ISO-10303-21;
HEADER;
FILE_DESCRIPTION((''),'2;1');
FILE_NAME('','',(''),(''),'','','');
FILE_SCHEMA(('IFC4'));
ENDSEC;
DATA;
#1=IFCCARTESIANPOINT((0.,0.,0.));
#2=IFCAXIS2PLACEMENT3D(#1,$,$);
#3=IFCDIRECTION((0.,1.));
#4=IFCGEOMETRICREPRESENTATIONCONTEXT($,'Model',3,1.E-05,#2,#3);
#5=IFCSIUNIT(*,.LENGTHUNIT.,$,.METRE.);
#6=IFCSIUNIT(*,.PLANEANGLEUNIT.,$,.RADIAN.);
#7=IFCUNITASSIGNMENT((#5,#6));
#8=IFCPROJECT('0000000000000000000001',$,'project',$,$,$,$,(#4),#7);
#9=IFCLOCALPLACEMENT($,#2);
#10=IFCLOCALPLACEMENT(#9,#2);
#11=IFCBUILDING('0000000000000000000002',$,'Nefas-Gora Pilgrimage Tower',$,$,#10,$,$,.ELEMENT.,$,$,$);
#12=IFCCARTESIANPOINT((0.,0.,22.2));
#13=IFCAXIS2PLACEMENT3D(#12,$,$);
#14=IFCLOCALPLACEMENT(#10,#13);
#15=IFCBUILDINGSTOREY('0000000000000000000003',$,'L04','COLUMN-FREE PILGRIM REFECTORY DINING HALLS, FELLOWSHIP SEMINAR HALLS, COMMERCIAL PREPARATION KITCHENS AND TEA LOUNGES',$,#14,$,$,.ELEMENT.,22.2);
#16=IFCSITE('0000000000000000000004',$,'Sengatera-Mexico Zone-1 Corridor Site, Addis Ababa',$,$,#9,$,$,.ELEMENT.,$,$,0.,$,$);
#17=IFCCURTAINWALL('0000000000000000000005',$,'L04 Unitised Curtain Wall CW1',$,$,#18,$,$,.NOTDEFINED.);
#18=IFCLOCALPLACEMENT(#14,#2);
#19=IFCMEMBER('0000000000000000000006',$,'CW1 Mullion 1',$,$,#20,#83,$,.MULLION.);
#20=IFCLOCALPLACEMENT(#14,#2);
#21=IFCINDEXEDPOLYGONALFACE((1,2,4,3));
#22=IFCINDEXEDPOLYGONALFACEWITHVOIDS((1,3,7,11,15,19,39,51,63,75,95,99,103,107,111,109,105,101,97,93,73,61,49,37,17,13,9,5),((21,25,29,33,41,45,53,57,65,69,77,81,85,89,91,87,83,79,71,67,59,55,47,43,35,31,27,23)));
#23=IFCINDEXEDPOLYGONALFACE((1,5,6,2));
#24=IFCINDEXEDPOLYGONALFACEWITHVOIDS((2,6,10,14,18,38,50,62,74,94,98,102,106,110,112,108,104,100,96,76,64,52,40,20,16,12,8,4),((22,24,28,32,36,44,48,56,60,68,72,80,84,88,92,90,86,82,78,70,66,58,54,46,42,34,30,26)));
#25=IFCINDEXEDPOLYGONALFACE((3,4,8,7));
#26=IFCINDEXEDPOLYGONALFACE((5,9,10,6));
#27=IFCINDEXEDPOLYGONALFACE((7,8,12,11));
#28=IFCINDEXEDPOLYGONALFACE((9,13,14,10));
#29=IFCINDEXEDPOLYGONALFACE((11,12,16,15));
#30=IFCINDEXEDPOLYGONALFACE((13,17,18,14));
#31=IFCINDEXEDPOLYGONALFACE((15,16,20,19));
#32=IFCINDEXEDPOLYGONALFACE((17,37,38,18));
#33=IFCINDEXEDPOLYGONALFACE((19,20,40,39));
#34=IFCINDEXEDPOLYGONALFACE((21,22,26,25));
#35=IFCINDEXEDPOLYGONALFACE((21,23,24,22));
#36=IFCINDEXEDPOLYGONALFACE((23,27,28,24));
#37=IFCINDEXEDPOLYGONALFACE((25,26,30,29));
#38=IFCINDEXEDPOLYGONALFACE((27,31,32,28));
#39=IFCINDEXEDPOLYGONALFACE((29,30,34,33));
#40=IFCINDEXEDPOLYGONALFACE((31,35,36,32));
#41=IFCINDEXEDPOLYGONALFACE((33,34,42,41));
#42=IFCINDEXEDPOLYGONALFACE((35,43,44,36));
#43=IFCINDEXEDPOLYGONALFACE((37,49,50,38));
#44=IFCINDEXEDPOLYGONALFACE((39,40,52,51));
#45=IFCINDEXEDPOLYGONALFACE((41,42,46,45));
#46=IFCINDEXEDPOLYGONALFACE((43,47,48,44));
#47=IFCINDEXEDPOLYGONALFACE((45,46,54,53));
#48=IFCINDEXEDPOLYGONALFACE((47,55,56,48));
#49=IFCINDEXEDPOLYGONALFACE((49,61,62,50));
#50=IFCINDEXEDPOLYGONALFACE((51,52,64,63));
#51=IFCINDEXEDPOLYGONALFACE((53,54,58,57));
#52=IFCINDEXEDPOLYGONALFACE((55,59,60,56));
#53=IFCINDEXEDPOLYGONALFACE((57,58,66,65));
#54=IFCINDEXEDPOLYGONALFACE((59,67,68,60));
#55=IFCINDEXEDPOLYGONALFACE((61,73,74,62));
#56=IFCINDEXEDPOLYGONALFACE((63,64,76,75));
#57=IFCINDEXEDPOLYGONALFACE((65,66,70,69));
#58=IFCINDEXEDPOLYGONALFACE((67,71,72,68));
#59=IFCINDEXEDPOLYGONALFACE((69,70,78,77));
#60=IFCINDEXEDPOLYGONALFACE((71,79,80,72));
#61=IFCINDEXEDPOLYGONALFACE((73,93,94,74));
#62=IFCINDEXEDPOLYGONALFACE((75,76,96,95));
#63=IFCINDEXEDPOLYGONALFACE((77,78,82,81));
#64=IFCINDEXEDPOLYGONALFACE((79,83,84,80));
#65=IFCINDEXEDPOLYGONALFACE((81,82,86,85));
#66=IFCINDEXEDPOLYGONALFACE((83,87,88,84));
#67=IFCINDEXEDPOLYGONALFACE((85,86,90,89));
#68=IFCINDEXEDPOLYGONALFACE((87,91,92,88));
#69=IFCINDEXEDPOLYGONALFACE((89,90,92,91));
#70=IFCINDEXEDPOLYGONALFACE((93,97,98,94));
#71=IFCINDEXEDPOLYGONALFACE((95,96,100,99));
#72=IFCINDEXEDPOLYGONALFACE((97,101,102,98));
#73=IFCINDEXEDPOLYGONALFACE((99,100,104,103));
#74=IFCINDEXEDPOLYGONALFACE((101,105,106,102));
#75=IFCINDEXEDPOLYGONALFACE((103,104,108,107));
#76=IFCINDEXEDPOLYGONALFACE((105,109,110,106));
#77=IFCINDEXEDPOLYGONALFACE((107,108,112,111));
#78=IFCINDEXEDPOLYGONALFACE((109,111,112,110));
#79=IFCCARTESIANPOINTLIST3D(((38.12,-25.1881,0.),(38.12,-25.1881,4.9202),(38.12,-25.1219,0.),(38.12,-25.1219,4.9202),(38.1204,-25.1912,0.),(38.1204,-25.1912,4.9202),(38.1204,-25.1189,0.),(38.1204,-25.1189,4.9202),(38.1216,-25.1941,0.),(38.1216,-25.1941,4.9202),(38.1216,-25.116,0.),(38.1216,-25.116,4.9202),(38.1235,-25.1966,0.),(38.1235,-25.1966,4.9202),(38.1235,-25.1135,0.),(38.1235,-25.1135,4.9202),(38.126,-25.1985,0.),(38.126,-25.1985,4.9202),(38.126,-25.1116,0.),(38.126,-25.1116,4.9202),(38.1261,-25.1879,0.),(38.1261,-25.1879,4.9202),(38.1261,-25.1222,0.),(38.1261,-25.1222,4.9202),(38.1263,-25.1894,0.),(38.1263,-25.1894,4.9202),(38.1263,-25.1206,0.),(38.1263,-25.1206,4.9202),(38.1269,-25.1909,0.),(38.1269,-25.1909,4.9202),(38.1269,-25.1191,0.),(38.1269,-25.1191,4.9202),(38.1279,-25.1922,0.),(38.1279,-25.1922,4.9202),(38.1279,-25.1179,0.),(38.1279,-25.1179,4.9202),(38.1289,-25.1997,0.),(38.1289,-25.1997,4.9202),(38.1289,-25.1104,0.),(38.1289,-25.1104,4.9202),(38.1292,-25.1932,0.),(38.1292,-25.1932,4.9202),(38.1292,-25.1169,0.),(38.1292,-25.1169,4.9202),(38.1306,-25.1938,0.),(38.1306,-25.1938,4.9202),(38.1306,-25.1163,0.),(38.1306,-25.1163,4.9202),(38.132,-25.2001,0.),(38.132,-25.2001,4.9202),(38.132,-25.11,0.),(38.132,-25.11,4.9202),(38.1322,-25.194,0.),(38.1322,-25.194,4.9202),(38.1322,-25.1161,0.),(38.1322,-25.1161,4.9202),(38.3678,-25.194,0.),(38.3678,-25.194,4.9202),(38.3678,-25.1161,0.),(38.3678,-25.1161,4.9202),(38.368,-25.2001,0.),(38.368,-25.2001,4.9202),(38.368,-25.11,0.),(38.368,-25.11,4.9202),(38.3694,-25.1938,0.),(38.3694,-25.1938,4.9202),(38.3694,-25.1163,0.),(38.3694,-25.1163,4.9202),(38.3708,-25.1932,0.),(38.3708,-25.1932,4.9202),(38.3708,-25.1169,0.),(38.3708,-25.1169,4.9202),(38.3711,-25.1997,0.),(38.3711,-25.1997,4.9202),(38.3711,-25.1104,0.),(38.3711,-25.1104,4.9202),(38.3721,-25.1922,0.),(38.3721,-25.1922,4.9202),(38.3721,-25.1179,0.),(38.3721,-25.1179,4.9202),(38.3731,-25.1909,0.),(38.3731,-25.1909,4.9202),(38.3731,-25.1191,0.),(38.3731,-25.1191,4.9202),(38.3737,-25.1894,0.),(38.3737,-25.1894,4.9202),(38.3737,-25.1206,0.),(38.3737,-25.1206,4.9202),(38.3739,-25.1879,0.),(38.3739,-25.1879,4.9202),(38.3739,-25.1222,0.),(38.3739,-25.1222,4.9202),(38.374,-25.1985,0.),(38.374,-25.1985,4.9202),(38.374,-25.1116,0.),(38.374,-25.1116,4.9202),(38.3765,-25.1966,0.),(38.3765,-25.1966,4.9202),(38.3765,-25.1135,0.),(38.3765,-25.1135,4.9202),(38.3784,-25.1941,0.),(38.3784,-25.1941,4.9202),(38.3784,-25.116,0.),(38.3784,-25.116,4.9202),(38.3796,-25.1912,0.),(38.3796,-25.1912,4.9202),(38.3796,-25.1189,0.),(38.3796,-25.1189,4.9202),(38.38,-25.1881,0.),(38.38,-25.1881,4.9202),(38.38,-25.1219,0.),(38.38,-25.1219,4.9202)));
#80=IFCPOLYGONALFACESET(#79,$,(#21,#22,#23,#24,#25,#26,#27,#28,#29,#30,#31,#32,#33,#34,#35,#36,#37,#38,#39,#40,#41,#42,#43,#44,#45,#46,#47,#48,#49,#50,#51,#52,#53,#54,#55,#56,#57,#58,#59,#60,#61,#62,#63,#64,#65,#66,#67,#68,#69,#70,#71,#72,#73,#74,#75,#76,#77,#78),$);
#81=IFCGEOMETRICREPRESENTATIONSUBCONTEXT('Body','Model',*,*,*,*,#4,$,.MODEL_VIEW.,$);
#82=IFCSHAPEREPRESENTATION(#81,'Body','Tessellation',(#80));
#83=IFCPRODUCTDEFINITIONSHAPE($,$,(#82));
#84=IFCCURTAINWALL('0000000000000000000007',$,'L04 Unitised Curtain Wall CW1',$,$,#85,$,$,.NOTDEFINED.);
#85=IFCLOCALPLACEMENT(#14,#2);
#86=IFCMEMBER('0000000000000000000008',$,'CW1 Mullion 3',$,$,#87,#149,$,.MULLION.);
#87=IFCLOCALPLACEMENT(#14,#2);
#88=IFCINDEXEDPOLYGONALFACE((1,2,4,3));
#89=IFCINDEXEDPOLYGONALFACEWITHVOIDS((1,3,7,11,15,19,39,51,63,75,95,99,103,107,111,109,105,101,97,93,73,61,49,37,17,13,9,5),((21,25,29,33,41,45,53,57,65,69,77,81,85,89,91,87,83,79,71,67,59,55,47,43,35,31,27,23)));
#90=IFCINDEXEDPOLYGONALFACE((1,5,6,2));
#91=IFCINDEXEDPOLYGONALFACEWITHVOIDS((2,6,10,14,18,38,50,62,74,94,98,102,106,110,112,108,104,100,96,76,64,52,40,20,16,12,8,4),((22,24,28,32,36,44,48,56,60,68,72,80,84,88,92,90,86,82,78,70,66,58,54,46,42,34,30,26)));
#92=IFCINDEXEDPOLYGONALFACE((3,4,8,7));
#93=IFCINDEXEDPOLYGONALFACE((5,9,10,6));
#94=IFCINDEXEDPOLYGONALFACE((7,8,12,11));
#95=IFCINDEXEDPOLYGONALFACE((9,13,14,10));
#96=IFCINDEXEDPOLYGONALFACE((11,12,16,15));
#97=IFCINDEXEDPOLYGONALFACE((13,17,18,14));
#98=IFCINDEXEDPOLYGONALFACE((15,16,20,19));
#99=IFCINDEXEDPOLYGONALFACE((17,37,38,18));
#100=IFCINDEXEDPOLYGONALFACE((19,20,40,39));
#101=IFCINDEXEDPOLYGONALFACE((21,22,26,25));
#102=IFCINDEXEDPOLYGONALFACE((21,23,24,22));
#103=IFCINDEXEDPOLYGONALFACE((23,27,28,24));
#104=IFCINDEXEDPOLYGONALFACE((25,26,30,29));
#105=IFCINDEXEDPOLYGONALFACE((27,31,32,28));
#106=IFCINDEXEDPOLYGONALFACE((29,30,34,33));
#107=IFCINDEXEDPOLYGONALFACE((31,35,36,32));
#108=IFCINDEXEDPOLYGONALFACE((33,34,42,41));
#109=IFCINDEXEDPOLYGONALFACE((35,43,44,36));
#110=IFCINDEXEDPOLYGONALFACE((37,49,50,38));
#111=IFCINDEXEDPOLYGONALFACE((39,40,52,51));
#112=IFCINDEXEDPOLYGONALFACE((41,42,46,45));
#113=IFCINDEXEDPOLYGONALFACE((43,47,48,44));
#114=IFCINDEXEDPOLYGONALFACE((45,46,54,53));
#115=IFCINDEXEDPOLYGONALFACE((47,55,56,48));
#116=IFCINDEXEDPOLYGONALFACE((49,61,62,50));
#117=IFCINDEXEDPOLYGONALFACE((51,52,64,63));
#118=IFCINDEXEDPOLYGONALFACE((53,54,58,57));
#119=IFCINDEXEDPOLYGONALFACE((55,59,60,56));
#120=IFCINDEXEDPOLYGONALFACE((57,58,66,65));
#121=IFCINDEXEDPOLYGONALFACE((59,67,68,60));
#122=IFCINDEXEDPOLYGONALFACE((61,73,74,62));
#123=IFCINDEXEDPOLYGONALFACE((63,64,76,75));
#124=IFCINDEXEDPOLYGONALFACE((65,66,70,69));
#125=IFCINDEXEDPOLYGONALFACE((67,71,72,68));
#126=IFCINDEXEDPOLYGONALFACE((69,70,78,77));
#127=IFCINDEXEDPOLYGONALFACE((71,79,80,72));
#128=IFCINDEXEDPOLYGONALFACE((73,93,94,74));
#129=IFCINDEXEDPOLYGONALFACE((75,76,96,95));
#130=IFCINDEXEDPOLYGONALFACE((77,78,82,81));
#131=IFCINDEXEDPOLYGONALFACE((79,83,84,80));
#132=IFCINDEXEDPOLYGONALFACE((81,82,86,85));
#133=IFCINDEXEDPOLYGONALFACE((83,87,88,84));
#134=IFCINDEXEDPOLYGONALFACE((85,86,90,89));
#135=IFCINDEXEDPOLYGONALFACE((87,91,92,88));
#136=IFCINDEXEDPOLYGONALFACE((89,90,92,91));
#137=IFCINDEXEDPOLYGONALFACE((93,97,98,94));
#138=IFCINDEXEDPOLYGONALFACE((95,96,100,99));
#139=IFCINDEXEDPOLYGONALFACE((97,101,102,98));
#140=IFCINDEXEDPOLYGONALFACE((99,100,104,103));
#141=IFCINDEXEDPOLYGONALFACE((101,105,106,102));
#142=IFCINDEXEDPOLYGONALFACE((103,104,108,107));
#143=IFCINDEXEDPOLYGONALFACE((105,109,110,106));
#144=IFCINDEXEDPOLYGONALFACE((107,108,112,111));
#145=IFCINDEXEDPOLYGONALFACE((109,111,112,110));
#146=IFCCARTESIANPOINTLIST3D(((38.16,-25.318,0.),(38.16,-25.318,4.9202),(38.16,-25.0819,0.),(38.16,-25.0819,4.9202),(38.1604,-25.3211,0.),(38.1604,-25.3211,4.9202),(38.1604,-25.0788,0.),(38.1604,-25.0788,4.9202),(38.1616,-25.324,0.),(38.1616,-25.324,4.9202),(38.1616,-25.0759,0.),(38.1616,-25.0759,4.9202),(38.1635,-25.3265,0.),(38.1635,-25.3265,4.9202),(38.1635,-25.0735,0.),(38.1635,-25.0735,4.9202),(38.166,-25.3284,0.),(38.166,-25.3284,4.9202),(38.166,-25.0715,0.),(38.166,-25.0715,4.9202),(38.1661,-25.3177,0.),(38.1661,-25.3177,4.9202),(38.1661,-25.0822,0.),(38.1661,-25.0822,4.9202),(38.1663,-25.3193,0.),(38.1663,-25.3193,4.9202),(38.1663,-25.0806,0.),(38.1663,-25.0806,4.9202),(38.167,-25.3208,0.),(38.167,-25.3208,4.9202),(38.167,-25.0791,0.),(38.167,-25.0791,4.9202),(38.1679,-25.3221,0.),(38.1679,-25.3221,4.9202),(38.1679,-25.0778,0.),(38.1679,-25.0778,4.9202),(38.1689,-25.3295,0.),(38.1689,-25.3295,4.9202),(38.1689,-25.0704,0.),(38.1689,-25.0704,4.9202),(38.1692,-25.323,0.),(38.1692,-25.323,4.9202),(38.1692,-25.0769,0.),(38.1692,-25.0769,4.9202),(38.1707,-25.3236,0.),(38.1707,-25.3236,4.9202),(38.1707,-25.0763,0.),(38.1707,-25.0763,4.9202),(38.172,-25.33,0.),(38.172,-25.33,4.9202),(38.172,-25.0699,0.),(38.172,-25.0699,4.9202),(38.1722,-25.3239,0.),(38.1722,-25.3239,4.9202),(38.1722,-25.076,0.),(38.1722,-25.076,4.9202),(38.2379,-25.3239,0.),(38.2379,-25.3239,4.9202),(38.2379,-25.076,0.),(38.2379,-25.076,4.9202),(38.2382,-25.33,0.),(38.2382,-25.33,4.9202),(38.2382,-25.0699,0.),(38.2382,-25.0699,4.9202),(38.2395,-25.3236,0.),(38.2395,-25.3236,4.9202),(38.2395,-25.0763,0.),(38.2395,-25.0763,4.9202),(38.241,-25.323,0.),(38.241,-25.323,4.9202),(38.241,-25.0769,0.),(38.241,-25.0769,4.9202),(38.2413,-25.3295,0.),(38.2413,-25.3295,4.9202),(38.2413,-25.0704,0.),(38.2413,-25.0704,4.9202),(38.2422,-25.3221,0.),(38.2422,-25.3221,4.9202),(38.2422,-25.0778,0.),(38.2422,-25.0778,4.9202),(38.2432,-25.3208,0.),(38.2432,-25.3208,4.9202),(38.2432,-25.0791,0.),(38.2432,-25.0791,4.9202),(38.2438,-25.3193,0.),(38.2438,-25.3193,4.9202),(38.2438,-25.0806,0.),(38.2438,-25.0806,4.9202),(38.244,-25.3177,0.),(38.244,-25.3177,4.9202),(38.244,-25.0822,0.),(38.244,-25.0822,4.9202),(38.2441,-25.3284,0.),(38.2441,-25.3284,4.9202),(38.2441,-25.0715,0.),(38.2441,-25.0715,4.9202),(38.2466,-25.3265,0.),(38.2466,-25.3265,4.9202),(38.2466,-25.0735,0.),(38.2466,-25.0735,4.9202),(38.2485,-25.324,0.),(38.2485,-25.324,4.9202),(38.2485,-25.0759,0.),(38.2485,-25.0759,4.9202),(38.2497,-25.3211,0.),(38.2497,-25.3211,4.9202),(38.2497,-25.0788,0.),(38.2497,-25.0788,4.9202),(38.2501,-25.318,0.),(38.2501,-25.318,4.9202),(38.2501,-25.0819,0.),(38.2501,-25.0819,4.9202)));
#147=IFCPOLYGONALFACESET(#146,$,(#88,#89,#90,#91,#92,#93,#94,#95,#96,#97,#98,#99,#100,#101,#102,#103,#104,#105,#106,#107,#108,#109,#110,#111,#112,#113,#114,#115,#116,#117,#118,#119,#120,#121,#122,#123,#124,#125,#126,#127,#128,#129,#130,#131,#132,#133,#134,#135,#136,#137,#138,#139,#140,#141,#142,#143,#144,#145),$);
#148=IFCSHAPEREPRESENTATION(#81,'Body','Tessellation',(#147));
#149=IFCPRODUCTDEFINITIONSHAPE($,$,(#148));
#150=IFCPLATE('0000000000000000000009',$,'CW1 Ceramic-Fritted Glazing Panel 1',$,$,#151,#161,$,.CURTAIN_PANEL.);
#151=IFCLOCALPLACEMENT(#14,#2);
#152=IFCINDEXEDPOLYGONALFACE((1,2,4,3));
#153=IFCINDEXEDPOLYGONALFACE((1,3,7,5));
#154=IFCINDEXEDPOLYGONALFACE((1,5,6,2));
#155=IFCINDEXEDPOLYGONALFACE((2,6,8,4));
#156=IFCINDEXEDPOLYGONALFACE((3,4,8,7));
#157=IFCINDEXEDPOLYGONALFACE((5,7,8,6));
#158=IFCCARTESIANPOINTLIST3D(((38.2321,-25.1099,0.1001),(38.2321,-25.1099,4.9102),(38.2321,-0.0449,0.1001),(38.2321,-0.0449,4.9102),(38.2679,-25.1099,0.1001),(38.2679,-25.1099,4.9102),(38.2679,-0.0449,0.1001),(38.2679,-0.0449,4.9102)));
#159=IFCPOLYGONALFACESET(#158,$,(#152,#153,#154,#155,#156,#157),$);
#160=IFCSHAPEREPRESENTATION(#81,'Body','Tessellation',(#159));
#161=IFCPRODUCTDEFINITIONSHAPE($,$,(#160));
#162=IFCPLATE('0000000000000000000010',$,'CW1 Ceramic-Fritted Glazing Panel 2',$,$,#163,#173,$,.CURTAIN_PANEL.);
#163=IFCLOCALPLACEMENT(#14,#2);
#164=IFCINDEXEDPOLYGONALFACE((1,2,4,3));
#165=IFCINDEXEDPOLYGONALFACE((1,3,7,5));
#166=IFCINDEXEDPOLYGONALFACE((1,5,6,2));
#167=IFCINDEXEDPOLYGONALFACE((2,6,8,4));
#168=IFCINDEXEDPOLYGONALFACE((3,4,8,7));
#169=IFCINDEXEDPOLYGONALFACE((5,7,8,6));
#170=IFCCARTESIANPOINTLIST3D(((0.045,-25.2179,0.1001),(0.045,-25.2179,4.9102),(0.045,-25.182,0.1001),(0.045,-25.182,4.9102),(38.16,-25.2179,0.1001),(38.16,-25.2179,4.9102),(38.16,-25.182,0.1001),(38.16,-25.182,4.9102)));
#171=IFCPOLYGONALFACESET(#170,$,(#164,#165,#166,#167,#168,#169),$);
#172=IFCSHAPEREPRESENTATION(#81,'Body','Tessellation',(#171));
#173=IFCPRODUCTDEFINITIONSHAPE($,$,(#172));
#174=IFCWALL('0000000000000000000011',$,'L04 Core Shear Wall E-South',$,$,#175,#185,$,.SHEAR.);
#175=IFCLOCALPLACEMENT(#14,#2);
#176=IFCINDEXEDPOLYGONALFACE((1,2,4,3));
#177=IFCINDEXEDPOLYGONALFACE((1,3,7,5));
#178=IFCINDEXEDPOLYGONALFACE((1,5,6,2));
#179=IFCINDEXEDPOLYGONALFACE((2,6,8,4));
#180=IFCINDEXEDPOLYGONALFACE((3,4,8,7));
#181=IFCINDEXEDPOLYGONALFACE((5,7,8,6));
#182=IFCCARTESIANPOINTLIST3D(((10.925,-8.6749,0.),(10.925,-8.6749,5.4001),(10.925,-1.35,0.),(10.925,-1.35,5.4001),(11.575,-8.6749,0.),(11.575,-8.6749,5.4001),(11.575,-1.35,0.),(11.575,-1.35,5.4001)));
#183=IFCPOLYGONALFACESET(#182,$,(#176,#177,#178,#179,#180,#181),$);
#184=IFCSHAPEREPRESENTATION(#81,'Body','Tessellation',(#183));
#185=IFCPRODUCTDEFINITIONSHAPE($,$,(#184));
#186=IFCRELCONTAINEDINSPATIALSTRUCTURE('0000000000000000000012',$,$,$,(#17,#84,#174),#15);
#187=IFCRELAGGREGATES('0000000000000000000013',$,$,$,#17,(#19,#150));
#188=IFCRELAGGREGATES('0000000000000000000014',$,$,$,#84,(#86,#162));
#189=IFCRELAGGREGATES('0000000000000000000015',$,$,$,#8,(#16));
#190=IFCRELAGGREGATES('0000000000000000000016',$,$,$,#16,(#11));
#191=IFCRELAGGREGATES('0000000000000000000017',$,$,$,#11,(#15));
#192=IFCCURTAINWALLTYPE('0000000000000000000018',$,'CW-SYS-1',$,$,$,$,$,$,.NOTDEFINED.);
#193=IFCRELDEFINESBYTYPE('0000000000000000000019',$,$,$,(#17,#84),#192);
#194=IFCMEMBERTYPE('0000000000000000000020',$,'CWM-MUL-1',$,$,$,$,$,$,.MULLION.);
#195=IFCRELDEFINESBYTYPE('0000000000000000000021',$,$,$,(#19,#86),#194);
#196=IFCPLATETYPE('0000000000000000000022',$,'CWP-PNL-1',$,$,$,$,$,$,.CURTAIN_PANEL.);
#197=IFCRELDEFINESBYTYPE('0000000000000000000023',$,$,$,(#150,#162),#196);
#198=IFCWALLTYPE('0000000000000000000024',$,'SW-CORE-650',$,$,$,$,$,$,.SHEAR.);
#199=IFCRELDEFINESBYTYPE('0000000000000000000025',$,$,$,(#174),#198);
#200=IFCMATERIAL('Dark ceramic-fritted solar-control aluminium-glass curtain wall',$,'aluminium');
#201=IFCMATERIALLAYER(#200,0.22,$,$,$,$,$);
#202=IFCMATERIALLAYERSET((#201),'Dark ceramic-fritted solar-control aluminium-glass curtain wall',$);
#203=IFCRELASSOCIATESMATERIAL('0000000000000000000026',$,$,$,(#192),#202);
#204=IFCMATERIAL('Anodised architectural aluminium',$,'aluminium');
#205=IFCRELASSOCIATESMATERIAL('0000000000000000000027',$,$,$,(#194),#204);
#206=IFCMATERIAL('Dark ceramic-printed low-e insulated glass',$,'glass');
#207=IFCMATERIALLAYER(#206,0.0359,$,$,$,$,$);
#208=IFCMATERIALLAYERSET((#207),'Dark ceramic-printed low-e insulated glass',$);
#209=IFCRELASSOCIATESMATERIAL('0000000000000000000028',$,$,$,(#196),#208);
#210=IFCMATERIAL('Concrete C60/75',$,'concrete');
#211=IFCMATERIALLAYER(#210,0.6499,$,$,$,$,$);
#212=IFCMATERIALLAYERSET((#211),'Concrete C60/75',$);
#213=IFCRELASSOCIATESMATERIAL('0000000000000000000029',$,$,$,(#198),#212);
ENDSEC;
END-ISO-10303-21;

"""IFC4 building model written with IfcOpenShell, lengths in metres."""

from ifc_helpers import new_model, si_unit, direction, frame, frame_2d, origin, origin_2d, place, context, subcontext, project, spatial, rectangle, hollow_rectangle, extrude, source, transform, mapped, material, layer, layer_set, material_profile, profile_set, type_object, element, aggregate, save


model = new_model("IFC4")

# Units and contexts
model_context = context("Model", 3, precision=1e-05, world=origin(), true_north=direction((0.0, 1.0)))
body_context = subcontext(model_context, "Body", "Model", "MODEL_VIEW")
ifc_project = project(units=[si_unit("LENGTHUNIT", "METRE"), si_unit("PLANEANGLEUNIT", "RADIAN")], contexts=[model_context])

# Site, building, storey
site_placement = place(None, origin())
site = spatial("IfcSite", under=ifc_project, at=site_placement, Name="Sengatera-Mexico Zone-1 Corridor Site, Addis Ababa", CompositionType="ELEMENT", RefElevation=0.0)
building_placement = place(site_placement, origin())
building = spatial("IfcBuilding", under=site, at=building_placement, Name="Nefas-Gora Pilgrimage Tower", CompositionType="ELEMENT")
storey_placement = place(building_placement, frame((0.0, 0.0, 22.2)))
storey = spatial("IfcBuildingStorey", under=building, at=storey_placement, Name="L04", Description="COLUMN-FREE PILGRIM REFECTORY DINING HALLS, FELLOWSHIP SEMINAR HALLS, COMMERCIAL PREPARATION KITCHENS AND TEA LOUNGES", CompositionType="ELEMENT", Elevation=22.2)

# Shared definitions
ifc_material_1 = material(Name="Concrete C60/75", Category="concrete")

# Curtain wall, member
ifc_material_2 = material(Name="Dark ceramic-fritted solar-control aluminium-glass curtain wall", Category="aluminium")
ifc_layer_1 = layer(ifc_material_2, 0.22)
ifc_layer_set_1 = layer_set([ifc_layer_1], Name="Dark ceramic-fritted solar-control aluminium-glass curtain wall")
curtain_wall_type = type_object("IfcCurtainWallType", Name="CW-SYS-1", PredefinedType="NOTDEFINED", material=ifc_layer_set_1)
curtain_wall_1_placement = place(storey_placement, origin())
curtain_wall_1 = element("IfcCurtainWall", 1, at=curtain_wall_1_placement, inside=storey, type_object=curtain_wall_type, Name="L04 Unitised Curtain Wall CW1", PredefinedType="NOTDEFINED")
ifc_material_3 = material(Name="Anodised architectural aluminium", Category="aluminium")
ifc_material_profile_1 = material_profile(ifc_material_3, hollow_rectangle(XDim=0.0901, YDim=0.26, WallThickness=0.0061, InnerFilletRadius=0.0061, OuterFilletRadius=0.012, at=origin_2d()), Name="ALU MULLION 90x260")
ifc_profile_set_1 = profile_set([ifc_material_profile_1], Name="Anodised architectural aluminium")
member_type_1 = type_object("IfcMemberType", Name="CWM-MUL-1", PredefinedType="MULLION", material=ifc_profile_set_1)
shared_shape_1 = source(origin(), body_context, "Body", "SweptSolid", [
    extrude(hollow_rectangle(XDim=0.0901, YDim=0.26, WallThickness=0.0061, InnerFilletRadius=0.0061, OuterFilletRadius=0.012, at=origin_2d()), origin(), (0.0, 0.0, 1.0), 4.9202),
])
member_1_placement = place(storey_placement, frame((38.25, -25.155, 0.0), z_axis=(0.0, 0.0, 1.0), x_axis=(0.0, 1.0, 0.0)))
member_1 = element("IfcMember", 2, at=member_1_placement, type_object=member_type_1, Name="CW1 Mullion 1", PredefinedType="MULLION", context=body_context, shape_type="MappedRepresentation", body=[
    mapped(shared_shape_1, transform((0.0, 0.0, 0.0), x_axis=(1.0, 0.0, 0.0), y_axis=(0.0, 1.0, 0.0), z_axis=(0.0, 0.0, 1.0), scale=1.0)),
])

# Curtain wall, member
curtain_wall_2_placement = place(storey_placement, origin())
curtain_wall_2 = element("IfcCurtainWall", 3, at=curtain_wall_2_placement, inside=storey, type_object=curtain_wall_type, Name="L04 Unitised Curtain Wall CW1", PredefinedType="NOTDEFINED")
member_2_placement = place(storey_placement, frame((38.2051, -25.2, 0.0), z_axis=(0.0, 0.0, 1.0), x_axis=(1.0, 0.0, 0.0)))
member_2 = element("IfcMember", 4, at=member_2_placement, type_object=member_type_1, Name="CW1 Mullion 3", PredefinedType="MULLION", context=body_context, shape_type="MappedRepresentation", body=[
    mapped(shared_shape_1, transform((0.0, 0.0, 0.0), x_axis=(1.0, 0.0, 0.0), y_axis=(0.0, 1.0, 0.0), z_axis=(0.0, 0.0, 1.0), scale=1.0)),
])

# Plates
ifc_material_4 = material(Name="Dark ceramic-printed low-e insulated glass", Category="glass")
ifc_layer_2 = layer(ifc_material_4, 0.0359)
ifc_layer_set_2 = layer_set([ifc_layer_2], Name="Dark ceramic-printed low-e insulated glass")
plate_type = type_object("IfcPlateType", Name="CWP-PNL-1", PredefinedType="CURTAIN_PANEL", material=ifc_layer_set_2)
shared_shape_2 = source(origin(), body_context, "Body", "SweptSolid", [
    extrude(rectangle(XDim=25.0649, YDim=0.0359, at=origin_2d()), origin(), (0.0, 0.0, 1.0), 4.8101),
])
plate_1_placement = place(storey_placement, frame((38.25, -12.5774, 0.1001), z_axis=(0.0, 0.0, 1.0), x_axis=(0.0, 1.0, 0.0)))
plate_1 = element("IfcPlate", 5, at=plate_1_placement, type_object=plate_type, Name="CW1 Ceramic-Fritted Glazing Panel 1", PredefinedType="CURTAIN_PANEL", context=body_context, shape_type="MappedRepresentation", body=[
    mapped(shared_shape_2, transform((0.0, 0.0, 0.0), x_axis=(1.0, 0.0, 0.0), y_axis=(0.0, 1.0, 0.0), z_axis=(0.0, 0.0, 1.0), scale=1.0)),
])
aggregate(curtain_wall_1, [member_1, plate_1])
shared_shape_3 = source(origin(), body_context, "Body", "SweptSolid", [
    extrude(rectangle(XDim=38.115, YDim=0.0359, at=origin_2d()), origin(), (0.0, 0.0, 1.0), 4.8101),
])
plate_2_placement = place(storey_placement, frame((19.1025, -25.2, 0.1001), z_axis=(0.0, 0.0, 1.0), x_axis=(1.0, 0.0, 0.0)))
plate_2 = element("IfcPlate", 6, at=plate_2_placement, type_object=plate_type, Name="CW1 Ceramic-Fritted Glazing Panel 2", PredefinedType="CURTAIN_PANEL", context=body_context, shape_type="MappedRepresentation", body=[
    mapped(shared_shape_3, transform((0.0, 0.0, 0.0), x_axis=(1.0, 0.0, 0.0), y_axis=(0.0, 1.0, 0.0), z_axis=(0.0, 0.0, 1.0), scale=1.0)),
])
aggregate(curtain_wall_2, [member_2, plate_2])

# Wall
ifc_layer_3 = layer(ifc_material_1, 0.6499)
ifc_layer_set_3 = layer_set([ifc_layer_3], Name="Concrete C60/75")
wall_type_1 = type_object("IfcWallType", Name="SW-CORE-650", PredefinedType="SHEAR", material=ifc_layer_set_3)
shared_shape_4 = source(origin(), body_context, "Body", "SweptSolid", [
    extrude(rectangle(XDim=7.325, YDim=0.6499, at=frame_2d((3.6626, 0.0))), origin(), (0.0, 0.0, 1.0), 5.4001),
])
wall_1_placement = place(storey_placement, frame((11.25, -8.675, 0.0), z_axis=(0.0, 0.0, 1.0), x_axis=(0.0, 1.0, 0.0)))
element("IfcWall", 7, at=wall_1_placement, inside=storey, type_object=wall_type_1, Name="L04 Core Shear Wall E-South", PredefinedType="SHEAR", context=body_context, shape_type="MappedRepresentation", body=[
    mapped(shared_shape_4, transform((0.0, 0.0, 0.0), x_axis=(1.0, 0.0, 0.0), y_axis=(0.0, 1.0, 0.0), z_axis=(0.0, 0.0, 1.0), scale=1.0)),
])

save(model, "model.ifc")
